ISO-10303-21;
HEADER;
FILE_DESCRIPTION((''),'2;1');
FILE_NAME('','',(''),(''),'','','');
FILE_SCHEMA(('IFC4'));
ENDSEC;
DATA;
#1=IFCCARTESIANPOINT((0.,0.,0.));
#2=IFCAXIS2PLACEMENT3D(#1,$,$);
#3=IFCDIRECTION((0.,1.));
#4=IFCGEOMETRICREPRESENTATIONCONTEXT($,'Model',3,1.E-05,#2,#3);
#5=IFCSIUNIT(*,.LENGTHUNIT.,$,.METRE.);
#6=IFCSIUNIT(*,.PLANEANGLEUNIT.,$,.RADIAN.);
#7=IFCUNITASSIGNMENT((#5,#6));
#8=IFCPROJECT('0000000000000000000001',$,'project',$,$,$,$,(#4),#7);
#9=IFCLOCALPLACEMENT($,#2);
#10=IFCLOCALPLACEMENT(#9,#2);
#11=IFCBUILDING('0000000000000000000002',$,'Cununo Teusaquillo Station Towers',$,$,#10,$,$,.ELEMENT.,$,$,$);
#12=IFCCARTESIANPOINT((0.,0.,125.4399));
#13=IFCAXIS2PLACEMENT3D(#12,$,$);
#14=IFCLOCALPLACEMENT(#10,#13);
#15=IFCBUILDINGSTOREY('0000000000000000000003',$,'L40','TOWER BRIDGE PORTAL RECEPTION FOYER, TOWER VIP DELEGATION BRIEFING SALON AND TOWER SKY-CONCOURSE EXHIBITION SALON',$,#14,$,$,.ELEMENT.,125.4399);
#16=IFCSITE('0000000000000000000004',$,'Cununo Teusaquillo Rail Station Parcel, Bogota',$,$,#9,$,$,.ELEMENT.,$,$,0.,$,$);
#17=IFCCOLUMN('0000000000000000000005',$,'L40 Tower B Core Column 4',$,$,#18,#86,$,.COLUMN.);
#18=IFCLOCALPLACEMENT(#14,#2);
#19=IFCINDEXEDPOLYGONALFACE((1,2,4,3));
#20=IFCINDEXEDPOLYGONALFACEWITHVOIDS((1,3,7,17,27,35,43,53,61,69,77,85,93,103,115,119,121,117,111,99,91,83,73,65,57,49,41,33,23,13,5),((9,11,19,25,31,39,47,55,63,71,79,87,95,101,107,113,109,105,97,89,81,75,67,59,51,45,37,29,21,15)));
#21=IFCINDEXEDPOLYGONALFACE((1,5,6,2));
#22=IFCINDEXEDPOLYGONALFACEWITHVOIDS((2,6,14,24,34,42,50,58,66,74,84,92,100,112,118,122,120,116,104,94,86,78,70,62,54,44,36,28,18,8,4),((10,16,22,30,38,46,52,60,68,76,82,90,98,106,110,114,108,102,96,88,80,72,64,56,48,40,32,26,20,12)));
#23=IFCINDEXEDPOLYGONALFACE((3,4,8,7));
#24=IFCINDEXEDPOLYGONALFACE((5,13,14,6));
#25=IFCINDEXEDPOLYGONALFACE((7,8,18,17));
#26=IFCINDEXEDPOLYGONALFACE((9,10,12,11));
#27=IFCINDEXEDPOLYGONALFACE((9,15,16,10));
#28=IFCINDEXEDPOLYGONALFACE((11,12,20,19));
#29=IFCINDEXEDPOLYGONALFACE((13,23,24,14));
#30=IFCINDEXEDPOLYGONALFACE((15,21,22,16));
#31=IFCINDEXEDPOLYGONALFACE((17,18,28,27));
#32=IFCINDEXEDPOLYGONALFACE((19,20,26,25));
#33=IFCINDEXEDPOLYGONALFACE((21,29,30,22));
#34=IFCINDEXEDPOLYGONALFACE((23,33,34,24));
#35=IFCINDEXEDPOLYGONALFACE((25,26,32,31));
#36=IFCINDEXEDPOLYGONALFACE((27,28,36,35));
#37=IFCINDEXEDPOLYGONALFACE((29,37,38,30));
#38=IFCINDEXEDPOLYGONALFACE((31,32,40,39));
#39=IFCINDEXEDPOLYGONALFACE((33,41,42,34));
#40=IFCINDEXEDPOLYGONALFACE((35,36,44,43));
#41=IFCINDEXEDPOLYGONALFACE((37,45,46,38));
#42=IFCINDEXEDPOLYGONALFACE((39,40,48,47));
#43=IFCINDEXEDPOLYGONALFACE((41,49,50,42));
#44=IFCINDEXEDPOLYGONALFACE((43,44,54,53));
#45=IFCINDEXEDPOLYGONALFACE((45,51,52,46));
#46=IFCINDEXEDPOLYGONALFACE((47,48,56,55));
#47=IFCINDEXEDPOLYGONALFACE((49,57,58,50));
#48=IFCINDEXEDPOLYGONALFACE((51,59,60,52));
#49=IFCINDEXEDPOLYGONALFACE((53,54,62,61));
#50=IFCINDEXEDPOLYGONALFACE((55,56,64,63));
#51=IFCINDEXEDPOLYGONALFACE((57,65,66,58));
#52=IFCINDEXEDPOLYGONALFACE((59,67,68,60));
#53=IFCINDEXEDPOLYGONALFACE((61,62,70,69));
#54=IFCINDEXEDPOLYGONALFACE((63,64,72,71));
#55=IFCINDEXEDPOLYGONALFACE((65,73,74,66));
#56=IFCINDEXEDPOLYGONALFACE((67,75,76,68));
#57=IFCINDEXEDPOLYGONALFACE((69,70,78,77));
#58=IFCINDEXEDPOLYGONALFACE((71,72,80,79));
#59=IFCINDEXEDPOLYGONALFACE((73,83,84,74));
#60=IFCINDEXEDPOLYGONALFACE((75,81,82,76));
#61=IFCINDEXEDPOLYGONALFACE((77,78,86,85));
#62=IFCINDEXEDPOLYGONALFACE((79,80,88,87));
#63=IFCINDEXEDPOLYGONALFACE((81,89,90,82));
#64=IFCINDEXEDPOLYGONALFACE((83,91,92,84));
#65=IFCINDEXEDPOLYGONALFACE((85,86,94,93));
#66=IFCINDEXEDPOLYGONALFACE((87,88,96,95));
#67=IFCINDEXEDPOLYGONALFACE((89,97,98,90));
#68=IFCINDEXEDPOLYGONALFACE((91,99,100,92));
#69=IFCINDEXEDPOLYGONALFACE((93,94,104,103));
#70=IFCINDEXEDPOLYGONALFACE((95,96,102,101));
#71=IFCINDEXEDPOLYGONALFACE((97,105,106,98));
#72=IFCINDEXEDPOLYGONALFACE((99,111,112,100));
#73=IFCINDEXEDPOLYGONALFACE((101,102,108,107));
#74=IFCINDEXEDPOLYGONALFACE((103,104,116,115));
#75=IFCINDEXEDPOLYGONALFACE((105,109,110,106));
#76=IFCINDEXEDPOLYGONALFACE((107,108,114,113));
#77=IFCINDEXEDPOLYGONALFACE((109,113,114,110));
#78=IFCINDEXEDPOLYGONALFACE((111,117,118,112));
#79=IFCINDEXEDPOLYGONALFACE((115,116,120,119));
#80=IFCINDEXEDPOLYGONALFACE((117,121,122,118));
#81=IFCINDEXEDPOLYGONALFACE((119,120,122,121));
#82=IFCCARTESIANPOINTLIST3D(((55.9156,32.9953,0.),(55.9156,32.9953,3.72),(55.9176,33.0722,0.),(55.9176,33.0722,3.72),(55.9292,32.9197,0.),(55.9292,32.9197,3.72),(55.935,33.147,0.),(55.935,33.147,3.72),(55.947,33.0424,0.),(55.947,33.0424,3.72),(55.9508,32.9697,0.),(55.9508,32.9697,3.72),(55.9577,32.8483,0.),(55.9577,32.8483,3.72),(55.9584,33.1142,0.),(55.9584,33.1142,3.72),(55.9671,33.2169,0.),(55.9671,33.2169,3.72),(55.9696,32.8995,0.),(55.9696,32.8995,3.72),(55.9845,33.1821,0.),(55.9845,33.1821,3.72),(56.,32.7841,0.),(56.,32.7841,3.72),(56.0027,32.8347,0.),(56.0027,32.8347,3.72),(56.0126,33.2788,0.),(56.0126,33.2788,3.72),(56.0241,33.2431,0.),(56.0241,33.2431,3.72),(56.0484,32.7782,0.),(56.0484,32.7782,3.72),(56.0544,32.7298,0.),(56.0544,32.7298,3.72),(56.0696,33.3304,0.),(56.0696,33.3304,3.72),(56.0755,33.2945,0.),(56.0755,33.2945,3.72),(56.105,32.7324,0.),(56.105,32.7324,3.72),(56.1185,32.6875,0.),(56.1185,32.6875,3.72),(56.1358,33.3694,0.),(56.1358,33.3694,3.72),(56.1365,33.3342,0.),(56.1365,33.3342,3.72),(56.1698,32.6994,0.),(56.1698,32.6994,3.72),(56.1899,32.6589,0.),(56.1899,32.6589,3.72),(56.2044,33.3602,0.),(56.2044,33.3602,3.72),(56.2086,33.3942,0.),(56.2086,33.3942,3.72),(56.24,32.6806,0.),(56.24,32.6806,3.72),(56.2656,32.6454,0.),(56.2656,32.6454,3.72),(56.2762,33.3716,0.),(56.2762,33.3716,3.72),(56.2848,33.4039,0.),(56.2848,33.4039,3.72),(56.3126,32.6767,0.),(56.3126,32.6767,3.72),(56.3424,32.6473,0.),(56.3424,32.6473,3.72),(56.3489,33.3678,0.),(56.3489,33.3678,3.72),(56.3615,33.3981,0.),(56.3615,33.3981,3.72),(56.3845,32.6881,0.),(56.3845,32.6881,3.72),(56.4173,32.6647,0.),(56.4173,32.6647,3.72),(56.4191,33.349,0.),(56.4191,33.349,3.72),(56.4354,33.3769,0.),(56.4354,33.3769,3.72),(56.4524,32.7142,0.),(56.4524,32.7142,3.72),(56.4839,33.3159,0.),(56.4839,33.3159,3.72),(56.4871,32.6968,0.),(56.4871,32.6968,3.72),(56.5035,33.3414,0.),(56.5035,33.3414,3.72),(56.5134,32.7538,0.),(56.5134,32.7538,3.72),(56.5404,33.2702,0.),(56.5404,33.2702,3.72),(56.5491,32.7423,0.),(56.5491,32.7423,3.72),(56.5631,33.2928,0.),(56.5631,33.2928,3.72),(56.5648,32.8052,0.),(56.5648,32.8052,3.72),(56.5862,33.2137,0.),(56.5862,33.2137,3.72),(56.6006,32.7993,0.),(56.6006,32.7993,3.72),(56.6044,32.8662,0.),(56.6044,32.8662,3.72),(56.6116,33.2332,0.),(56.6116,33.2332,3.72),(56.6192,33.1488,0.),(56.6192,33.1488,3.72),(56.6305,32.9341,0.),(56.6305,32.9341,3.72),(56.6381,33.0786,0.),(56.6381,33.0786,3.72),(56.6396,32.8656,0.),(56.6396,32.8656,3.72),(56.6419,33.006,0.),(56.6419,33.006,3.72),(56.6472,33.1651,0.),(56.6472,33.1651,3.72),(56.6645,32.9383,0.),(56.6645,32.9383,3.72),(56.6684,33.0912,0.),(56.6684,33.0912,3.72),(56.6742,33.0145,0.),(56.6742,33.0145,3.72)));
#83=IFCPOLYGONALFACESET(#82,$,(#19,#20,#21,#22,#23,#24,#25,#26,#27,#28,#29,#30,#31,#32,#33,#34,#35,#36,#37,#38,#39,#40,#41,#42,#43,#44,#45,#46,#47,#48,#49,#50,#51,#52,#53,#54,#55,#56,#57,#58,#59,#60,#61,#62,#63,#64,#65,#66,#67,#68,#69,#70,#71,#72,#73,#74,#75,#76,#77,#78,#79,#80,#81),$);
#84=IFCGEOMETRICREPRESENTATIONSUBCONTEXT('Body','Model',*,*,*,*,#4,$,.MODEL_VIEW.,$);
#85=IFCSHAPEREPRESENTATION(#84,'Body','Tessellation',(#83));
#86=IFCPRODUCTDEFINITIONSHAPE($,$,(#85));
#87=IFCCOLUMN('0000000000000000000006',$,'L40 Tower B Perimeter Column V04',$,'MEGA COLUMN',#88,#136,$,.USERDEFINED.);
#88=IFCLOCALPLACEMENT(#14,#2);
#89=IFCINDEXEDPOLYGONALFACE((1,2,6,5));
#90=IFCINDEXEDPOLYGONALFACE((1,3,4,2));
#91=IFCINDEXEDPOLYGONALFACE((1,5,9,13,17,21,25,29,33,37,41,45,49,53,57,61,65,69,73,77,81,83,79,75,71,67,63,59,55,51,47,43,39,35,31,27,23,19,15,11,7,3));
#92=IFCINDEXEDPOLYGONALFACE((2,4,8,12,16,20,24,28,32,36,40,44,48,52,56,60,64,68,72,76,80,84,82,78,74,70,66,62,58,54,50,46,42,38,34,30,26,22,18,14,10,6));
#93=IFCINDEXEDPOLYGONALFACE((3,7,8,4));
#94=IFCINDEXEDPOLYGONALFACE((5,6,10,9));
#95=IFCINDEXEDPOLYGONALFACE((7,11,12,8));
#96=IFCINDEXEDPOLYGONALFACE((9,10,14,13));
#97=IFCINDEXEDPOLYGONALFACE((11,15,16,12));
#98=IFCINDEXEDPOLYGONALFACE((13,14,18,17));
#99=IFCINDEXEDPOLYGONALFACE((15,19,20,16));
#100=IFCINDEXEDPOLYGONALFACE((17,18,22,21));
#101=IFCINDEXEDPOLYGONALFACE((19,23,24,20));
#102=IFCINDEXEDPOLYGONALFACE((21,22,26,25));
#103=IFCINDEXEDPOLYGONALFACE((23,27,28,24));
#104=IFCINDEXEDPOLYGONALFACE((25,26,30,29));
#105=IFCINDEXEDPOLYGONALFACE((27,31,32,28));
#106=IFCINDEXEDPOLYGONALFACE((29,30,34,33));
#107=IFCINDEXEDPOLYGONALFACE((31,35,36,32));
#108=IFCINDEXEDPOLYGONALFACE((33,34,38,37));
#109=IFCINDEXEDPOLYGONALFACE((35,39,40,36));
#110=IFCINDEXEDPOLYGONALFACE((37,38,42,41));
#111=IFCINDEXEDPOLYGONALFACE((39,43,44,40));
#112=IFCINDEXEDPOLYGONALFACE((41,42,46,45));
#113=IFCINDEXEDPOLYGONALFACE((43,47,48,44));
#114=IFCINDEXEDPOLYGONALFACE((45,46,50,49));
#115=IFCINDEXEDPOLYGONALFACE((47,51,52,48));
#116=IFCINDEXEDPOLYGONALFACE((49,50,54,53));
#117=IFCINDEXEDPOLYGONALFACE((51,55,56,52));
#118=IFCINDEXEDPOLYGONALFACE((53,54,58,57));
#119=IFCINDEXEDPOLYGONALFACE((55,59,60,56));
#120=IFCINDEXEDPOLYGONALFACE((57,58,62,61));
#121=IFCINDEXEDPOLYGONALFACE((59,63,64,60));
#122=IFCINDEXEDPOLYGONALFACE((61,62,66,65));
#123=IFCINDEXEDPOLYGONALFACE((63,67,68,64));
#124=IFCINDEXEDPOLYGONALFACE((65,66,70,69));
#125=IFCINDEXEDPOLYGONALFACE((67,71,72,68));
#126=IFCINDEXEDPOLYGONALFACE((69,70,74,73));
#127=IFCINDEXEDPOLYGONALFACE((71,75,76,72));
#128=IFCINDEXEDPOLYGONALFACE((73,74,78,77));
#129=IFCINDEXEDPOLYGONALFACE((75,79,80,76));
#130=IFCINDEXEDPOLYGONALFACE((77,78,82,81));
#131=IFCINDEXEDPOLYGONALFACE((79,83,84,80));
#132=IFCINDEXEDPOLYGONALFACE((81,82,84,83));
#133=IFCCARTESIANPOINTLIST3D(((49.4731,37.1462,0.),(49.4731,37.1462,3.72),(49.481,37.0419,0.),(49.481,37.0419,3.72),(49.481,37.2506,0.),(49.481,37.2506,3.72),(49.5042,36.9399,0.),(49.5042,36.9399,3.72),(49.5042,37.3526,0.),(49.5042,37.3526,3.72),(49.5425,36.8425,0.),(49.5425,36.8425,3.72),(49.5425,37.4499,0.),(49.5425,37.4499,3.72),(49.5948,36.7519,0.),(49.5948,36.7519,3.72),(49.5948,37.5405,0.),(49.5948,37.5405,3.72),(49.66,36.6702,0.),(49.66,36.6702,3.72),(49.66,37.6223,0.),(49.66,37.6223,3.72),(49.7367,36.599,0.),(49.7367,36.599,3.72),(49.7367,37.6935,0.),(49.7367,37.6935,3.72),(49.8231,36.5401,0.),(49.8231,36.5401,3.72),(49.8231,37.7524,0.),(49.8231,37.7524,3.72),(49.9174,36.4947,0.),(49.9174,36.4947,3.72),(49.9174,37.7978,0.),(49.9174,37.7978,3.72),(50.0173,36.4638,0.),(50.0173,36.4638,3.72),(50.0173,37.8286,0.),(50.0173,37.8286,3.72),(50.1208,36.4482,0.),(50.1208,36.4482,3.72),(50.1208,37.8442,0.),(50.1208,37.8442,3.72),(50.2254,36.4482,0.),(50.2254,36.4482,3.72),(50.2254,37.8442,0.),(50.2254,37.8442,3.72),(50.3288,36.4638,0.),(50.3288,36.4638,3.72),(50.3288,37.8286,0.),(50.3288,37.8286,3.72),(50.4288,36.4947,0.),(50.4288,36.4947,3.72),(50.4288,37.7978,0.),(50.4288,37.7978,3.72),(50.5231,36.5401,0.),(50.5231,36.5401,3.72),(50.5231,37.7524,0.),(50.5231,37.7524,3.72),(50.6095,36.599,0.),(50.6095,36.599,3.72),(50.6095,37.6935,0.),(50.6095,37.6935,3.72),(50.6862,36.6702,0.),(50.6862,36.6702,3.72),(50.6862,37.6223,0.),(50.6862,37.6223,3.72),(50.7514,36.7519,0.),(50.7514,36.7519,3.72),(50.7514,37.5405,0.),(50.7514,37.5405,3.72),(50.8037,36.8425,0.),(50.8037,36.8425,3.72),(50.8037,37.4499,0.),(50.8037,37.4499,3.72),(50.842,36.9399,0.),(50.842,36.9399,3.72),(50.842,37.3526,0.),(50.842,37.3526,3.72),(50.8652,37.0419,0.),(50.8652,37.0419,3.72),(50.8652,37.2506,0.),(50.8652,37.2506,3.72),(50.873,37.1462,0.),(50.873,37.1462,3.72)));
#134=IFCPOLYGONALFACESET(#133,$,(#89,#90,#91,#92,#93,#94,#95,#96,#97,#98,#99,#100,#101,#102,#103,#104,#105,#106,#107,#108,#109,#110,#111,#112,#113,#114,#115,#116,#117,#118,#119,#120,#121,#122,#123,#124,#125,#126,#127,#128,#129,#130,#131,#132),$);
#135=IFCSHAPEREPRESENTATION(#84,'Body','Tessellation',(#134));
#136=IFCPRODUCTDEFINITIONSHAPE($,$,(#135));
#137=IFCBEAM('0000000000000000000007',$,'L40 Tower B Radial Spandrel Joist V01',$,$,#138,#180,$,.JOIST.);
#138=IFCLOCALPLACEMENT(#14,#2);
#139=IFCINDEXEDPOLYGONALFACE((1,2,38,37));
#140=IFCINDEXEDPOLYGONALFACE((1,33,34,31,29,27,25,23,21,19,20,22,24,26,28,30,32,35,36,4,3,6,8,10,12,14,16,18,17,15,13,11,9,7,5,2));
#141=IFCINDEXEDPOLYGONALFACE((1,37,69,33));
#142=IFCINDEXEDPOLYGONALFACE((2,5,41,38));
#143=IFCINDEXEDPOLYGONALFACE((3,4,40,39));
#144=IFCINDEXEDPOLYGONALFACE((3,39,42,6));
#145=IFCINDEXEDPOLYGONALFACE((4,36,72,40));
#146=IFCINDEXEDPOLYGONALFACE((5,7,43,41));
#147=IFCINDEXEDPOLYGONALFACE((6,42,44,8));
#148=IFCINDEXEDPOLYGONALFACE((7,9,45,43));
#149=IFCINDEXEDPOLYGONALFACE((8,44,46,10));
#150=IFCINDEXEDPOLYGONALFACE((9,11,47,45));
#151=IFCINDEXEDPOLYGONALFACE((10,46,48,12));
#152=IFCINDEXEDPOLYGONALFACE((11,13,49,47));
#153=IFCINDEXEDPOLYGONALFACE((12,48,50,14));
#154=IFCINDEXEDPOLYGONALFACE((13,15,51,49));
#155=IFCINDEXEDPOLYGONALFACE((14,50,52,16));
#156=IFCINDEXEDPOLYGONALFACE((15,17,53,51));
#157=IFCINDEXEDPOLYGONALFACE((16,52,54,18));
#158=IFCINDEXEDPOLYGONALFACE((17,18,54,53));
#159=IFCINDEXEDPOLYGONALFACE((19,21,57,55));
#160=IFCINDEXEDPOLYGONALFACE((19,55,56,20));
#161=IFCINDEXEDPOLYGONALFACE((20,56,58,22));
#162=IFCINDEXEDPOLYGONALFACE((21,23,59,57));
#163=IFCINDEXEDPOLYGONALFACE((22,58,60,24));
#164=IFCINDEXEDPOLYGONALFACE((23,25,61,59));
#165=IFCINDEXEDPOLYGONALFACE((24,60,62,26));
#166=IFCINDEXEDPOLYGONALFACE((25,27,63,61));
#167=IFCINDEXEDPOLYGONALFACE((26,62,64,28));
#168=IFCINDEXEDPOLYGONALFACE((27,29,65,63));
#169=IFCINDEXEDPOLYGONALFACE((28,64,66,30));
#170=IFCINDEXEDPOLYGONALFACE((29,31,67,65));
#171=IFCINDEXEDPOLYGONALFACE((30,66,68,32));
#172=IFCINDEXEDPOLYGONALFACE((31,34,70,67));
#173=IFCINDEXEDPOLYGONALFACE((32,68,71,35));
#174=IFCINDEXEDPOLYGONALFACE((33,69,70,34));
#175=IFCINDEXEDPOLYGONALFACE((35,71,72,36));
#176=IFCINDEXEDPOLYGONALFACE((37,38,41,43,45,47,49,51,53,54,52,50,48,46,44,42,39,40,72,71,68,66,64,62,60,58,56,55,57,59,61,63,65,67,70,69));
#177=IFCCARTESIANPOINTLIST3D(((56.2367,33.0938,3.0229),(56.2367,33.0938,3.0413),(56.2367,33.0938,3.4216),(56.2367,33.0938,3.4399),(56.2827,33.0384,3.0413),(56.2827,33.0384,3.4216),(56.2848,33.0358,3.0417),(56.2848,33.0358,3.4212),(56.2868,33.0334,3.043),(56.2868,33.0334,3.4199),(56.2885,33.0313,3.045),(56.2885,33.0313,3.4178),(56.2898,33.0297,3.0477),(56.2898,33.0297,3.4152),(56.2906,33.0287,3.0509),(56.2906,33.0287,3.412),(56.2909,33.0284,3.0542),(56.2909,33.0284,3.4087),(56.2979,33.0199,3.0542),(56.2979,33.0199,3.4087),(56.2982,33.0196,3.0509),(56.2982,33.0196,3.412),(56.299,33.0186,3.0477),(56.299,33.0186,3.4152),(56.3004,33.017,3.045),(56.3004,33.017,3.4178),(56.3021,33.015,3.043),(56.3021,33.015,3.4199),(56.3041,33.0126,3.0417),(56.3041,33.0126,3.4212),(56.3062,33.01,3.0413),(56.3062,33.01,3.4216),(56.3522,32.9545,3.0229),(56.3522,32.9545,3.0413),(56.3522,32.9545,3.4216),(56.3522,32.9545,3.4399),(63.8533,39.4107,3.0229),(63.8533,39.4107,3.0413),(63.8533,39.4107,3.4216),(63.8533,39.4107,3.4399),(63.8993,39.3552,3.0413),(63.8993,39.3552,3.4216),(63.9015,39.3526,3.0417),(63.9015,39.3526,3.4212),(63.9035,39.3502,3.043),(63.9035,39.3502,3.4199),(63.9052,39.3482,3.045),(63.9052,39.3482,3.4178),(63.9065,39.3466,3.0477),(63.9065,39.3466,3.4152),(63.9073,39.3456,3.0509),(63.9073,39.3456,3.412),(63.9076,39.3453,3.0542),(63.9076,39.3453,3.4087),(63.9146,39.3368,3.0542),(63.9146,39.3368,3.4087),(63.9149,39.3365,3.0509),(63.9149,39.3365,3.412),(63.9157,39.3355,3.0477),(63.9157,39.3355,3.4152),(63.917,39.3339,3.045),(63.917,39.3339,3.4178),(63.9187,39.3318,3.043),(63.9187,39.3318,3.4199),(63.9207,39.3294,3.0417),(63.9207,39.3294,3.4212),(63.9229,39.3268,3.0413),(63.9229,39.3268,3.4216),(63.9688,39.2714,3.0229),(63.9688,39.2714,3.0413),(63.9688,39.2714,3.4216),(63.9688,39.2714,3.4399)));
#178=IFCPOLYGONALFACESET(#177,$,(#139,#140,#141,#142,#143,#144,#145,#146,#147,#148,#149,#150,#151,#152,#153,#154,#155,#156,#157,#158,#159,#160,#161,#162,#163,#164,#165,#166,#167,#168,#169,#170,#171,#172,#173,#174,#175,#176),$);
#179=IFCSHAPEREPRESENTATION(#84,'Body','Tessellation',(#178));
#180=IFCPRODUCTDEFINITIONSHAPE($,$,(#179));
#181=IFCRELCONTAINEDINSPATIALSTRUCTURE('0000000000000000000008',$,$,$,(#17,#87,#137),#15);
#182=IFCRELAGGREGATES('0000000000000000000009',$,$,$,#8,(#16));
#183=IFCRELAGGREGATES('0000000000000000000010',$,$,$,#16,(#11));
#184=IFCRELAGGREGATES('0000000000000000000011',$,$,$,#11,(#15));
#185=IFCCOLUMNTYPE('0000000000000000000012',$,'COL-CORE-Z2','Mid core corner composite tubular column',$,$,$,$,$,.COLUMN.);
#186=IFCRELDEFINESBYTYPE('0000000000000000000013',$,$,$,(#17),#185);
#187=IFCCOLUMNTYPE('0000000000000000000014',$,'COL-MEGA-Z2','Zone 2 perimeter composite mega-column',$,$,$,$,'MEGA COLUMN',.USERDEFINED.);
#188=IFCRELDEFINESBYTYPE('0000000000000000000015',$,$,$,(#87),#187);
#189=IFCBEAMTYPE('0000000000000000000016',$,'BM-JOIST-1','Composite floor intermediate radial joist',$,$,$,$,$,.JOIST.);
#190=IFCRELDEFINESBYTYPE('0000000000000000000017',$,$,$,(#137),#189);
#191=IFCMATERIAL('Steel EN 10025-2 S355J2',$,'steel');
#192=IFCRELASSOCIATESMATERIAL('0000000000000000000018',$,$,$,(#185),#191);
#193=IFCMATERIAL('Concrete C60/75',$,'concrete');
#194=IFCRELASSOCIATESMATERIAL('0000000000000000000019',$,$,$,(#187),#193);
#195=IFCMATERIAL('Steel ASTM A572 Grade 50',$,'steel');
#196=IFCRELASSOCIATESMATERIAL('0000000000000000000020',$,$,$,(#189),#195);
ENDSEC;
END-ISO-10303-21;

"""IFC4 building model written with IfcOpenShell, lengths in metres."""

from ifc_helpers import new_model, si_unit, direction, frame, origin, origin_2d, place, context, subcontext, project, spatial, circle, hollow_circle, i_section, extrude, material, material_profile, profile_set, type_object, element, save


model = new_model("IFC4")

# Units and contexts
model_context = context("Model", 3, precision=1e-05, world=origin(), true_north=direction((0.0, 1.0)))
body_context = subcontext(model_context, "Body", "Model", "MODEL_VIEW")
ifc_project = project(units=[si_unit("LENGTHUNIT", "METRE"), si_unit("PLANEANGLEUNIT", "RADIAN")], contexts=[model_context])

# Site, building, storey
site_placement = place(None, origin())
site = spatial("IfcSite", under=ifc_project, at=site_placement, Name="Cununo Teusaquillo Rail Station Parcel, Bogota", CompositionType="ELEMENT", RefElevation=0.0)
building_placement = place(site_placement, origin())
building = spatial("IfcBuilding", under=site, at=building_placement, Name="Cununo Teusaquillo Station Towers", CompositionType="ELEMENT")
storey_placement = place(building_placement, frame((0.0, 0.0, 125.4399)))
storey = spatial("IfcBuildingStorey", under=building, at=storey_placement, Name="L40", Description="TOWER BRIDGE PORTAL RECEPTION FOYER, TOWER VIP DELEGATION BRIEFING SALON AND TOWER SKY-CONCOURSE EXHIBITION SALON", CompositionType="ELEMENT", Elevation=125.4399)

# Columns
ifc_material_1 = material(Name="Steel EN 10025-2 S355J2", Category="steel")
ifc_material_profile_1 = material_profile(ifc_material_1, hollow_circle(Radius=0.3799, WallThickness=0.032, at=origin_2d()), Name="CHS 760x32")
ifc_profile_set_1 = profile_set([ifc_material_profile_1], Name="Steel EN 10025-2 S355J2")
column_type_1 = type_object("IfcColumnType", Name="COL-CORE-Z2", Description="Mid core corner composite tubular column", PredefinedType="COLUMN", material=ifc_profile_set_1)
column_1_placement = place(storey_placement, frame((56.2944, 33.0242, 0.0), z_axis=(0.0, 0.0, 1.0), x_axis=(0.707107, 0.707107, 0.0)))
element("IfcColumn", 1, at=column_1_placement, inside=storey, type_object=column_type_1, Name="L40 Tower B Core Column 4", PredefinedType="COLUMN", context=body_context, shape_type="SweptSolid", body=[
    extrude(hollow_circle(Radius=0.3799, WallThickness=0.032, at=origin_2d()), origin(), (0.0, 0.0, 1.0), 3.72),
])
ifc_material_2 = material(Name="Concrete C60/75", Category="concrete")
ifc_material_profile_2 = material_profile(ifc_material_2, circle(Radius=0.7, at=origin_2d()), Name="RC-CIRC-1400")
ifc_profile_set_2 = profile_set([ifc_material_profile_2], Name="Concrete C60/75")
column_type_2 = type_object("IfcColumnType", Name="COL-MEGA-Z2", Description="Zone 2 perimeter composite mega-column", ElementType="MEGA COLUMN", PredefinedType="USERDEFINED", material=ifc_profile_set_2)
column_2_placement = place(storey_placement, frame((50.1731, 37.1462, 0.0), z_axis=(0.0, 0.0, 1.0), x_axis=(1.0, 0.0, 0.0)))
element("IfcColumn", 2, at=column_2_placement, inside=storey, type_object=column_type_2, Name="L40 Tower B Perimeter Column V04", ObjectType="MEGA COLUMN", PredefinedType="USERDEFINED", context=body_context, shape_type="SweptSolid", body=[
    extrude(circle(Radius=0.7, at=origin_2d()), origin(), (0.0, 0.0, 1.0), 3.72),
])

# Beam
ifc_material_3 = material(Name="Steel ASTM A572 Grade 50", Category="steel")
ifc_material_profile_3 = material_profile(ifc_material_3, i_section(OverallWidth=0.1809, OverallDepth=0.417, WebThickness=0.011, FlangeThickness=0.0183, FilletRadius=0.0129, at=origin_2d()), Name="W16X57")
ifc_profile_set_3 = profile_set([ifc_material_profile_3], Name="Steel ASTM A572 Grade 50")
beam_type_1 = type_object("IfcBeamType", Name="BM-JOIST-1", Description="Composite floor intermediate radial joist", PredefinedType="JOIST", material=ifc_profile_set_3)
beam_1_placement = place(storey_placement, frame((56.2944, 33.0242, 3.2314), z_axis=(0.769728, 0.638372, 0.0), x_axis=(-0.638372, 0.769728, 0.0)))
element("IfcBeam", 3, at=beam_1_placement, inside=storey, type_object=beam_type_1, Name="L40 Tower B Radial Spandrel Joist V01", PredefinedType="JOIST", context=body_context, shape_type="SweptSolid", body=[
    extrude(i_section(OverallWidth=0.1809, OverallDepth=0.417, WebThickness=0.011, FlangeThickness=0.0183, FilletRadius=0.0129, at=origin_2d()), origin(), (0.0, 0.0, 1.0), 9.8953),
])

save(model, "model.ifc")
